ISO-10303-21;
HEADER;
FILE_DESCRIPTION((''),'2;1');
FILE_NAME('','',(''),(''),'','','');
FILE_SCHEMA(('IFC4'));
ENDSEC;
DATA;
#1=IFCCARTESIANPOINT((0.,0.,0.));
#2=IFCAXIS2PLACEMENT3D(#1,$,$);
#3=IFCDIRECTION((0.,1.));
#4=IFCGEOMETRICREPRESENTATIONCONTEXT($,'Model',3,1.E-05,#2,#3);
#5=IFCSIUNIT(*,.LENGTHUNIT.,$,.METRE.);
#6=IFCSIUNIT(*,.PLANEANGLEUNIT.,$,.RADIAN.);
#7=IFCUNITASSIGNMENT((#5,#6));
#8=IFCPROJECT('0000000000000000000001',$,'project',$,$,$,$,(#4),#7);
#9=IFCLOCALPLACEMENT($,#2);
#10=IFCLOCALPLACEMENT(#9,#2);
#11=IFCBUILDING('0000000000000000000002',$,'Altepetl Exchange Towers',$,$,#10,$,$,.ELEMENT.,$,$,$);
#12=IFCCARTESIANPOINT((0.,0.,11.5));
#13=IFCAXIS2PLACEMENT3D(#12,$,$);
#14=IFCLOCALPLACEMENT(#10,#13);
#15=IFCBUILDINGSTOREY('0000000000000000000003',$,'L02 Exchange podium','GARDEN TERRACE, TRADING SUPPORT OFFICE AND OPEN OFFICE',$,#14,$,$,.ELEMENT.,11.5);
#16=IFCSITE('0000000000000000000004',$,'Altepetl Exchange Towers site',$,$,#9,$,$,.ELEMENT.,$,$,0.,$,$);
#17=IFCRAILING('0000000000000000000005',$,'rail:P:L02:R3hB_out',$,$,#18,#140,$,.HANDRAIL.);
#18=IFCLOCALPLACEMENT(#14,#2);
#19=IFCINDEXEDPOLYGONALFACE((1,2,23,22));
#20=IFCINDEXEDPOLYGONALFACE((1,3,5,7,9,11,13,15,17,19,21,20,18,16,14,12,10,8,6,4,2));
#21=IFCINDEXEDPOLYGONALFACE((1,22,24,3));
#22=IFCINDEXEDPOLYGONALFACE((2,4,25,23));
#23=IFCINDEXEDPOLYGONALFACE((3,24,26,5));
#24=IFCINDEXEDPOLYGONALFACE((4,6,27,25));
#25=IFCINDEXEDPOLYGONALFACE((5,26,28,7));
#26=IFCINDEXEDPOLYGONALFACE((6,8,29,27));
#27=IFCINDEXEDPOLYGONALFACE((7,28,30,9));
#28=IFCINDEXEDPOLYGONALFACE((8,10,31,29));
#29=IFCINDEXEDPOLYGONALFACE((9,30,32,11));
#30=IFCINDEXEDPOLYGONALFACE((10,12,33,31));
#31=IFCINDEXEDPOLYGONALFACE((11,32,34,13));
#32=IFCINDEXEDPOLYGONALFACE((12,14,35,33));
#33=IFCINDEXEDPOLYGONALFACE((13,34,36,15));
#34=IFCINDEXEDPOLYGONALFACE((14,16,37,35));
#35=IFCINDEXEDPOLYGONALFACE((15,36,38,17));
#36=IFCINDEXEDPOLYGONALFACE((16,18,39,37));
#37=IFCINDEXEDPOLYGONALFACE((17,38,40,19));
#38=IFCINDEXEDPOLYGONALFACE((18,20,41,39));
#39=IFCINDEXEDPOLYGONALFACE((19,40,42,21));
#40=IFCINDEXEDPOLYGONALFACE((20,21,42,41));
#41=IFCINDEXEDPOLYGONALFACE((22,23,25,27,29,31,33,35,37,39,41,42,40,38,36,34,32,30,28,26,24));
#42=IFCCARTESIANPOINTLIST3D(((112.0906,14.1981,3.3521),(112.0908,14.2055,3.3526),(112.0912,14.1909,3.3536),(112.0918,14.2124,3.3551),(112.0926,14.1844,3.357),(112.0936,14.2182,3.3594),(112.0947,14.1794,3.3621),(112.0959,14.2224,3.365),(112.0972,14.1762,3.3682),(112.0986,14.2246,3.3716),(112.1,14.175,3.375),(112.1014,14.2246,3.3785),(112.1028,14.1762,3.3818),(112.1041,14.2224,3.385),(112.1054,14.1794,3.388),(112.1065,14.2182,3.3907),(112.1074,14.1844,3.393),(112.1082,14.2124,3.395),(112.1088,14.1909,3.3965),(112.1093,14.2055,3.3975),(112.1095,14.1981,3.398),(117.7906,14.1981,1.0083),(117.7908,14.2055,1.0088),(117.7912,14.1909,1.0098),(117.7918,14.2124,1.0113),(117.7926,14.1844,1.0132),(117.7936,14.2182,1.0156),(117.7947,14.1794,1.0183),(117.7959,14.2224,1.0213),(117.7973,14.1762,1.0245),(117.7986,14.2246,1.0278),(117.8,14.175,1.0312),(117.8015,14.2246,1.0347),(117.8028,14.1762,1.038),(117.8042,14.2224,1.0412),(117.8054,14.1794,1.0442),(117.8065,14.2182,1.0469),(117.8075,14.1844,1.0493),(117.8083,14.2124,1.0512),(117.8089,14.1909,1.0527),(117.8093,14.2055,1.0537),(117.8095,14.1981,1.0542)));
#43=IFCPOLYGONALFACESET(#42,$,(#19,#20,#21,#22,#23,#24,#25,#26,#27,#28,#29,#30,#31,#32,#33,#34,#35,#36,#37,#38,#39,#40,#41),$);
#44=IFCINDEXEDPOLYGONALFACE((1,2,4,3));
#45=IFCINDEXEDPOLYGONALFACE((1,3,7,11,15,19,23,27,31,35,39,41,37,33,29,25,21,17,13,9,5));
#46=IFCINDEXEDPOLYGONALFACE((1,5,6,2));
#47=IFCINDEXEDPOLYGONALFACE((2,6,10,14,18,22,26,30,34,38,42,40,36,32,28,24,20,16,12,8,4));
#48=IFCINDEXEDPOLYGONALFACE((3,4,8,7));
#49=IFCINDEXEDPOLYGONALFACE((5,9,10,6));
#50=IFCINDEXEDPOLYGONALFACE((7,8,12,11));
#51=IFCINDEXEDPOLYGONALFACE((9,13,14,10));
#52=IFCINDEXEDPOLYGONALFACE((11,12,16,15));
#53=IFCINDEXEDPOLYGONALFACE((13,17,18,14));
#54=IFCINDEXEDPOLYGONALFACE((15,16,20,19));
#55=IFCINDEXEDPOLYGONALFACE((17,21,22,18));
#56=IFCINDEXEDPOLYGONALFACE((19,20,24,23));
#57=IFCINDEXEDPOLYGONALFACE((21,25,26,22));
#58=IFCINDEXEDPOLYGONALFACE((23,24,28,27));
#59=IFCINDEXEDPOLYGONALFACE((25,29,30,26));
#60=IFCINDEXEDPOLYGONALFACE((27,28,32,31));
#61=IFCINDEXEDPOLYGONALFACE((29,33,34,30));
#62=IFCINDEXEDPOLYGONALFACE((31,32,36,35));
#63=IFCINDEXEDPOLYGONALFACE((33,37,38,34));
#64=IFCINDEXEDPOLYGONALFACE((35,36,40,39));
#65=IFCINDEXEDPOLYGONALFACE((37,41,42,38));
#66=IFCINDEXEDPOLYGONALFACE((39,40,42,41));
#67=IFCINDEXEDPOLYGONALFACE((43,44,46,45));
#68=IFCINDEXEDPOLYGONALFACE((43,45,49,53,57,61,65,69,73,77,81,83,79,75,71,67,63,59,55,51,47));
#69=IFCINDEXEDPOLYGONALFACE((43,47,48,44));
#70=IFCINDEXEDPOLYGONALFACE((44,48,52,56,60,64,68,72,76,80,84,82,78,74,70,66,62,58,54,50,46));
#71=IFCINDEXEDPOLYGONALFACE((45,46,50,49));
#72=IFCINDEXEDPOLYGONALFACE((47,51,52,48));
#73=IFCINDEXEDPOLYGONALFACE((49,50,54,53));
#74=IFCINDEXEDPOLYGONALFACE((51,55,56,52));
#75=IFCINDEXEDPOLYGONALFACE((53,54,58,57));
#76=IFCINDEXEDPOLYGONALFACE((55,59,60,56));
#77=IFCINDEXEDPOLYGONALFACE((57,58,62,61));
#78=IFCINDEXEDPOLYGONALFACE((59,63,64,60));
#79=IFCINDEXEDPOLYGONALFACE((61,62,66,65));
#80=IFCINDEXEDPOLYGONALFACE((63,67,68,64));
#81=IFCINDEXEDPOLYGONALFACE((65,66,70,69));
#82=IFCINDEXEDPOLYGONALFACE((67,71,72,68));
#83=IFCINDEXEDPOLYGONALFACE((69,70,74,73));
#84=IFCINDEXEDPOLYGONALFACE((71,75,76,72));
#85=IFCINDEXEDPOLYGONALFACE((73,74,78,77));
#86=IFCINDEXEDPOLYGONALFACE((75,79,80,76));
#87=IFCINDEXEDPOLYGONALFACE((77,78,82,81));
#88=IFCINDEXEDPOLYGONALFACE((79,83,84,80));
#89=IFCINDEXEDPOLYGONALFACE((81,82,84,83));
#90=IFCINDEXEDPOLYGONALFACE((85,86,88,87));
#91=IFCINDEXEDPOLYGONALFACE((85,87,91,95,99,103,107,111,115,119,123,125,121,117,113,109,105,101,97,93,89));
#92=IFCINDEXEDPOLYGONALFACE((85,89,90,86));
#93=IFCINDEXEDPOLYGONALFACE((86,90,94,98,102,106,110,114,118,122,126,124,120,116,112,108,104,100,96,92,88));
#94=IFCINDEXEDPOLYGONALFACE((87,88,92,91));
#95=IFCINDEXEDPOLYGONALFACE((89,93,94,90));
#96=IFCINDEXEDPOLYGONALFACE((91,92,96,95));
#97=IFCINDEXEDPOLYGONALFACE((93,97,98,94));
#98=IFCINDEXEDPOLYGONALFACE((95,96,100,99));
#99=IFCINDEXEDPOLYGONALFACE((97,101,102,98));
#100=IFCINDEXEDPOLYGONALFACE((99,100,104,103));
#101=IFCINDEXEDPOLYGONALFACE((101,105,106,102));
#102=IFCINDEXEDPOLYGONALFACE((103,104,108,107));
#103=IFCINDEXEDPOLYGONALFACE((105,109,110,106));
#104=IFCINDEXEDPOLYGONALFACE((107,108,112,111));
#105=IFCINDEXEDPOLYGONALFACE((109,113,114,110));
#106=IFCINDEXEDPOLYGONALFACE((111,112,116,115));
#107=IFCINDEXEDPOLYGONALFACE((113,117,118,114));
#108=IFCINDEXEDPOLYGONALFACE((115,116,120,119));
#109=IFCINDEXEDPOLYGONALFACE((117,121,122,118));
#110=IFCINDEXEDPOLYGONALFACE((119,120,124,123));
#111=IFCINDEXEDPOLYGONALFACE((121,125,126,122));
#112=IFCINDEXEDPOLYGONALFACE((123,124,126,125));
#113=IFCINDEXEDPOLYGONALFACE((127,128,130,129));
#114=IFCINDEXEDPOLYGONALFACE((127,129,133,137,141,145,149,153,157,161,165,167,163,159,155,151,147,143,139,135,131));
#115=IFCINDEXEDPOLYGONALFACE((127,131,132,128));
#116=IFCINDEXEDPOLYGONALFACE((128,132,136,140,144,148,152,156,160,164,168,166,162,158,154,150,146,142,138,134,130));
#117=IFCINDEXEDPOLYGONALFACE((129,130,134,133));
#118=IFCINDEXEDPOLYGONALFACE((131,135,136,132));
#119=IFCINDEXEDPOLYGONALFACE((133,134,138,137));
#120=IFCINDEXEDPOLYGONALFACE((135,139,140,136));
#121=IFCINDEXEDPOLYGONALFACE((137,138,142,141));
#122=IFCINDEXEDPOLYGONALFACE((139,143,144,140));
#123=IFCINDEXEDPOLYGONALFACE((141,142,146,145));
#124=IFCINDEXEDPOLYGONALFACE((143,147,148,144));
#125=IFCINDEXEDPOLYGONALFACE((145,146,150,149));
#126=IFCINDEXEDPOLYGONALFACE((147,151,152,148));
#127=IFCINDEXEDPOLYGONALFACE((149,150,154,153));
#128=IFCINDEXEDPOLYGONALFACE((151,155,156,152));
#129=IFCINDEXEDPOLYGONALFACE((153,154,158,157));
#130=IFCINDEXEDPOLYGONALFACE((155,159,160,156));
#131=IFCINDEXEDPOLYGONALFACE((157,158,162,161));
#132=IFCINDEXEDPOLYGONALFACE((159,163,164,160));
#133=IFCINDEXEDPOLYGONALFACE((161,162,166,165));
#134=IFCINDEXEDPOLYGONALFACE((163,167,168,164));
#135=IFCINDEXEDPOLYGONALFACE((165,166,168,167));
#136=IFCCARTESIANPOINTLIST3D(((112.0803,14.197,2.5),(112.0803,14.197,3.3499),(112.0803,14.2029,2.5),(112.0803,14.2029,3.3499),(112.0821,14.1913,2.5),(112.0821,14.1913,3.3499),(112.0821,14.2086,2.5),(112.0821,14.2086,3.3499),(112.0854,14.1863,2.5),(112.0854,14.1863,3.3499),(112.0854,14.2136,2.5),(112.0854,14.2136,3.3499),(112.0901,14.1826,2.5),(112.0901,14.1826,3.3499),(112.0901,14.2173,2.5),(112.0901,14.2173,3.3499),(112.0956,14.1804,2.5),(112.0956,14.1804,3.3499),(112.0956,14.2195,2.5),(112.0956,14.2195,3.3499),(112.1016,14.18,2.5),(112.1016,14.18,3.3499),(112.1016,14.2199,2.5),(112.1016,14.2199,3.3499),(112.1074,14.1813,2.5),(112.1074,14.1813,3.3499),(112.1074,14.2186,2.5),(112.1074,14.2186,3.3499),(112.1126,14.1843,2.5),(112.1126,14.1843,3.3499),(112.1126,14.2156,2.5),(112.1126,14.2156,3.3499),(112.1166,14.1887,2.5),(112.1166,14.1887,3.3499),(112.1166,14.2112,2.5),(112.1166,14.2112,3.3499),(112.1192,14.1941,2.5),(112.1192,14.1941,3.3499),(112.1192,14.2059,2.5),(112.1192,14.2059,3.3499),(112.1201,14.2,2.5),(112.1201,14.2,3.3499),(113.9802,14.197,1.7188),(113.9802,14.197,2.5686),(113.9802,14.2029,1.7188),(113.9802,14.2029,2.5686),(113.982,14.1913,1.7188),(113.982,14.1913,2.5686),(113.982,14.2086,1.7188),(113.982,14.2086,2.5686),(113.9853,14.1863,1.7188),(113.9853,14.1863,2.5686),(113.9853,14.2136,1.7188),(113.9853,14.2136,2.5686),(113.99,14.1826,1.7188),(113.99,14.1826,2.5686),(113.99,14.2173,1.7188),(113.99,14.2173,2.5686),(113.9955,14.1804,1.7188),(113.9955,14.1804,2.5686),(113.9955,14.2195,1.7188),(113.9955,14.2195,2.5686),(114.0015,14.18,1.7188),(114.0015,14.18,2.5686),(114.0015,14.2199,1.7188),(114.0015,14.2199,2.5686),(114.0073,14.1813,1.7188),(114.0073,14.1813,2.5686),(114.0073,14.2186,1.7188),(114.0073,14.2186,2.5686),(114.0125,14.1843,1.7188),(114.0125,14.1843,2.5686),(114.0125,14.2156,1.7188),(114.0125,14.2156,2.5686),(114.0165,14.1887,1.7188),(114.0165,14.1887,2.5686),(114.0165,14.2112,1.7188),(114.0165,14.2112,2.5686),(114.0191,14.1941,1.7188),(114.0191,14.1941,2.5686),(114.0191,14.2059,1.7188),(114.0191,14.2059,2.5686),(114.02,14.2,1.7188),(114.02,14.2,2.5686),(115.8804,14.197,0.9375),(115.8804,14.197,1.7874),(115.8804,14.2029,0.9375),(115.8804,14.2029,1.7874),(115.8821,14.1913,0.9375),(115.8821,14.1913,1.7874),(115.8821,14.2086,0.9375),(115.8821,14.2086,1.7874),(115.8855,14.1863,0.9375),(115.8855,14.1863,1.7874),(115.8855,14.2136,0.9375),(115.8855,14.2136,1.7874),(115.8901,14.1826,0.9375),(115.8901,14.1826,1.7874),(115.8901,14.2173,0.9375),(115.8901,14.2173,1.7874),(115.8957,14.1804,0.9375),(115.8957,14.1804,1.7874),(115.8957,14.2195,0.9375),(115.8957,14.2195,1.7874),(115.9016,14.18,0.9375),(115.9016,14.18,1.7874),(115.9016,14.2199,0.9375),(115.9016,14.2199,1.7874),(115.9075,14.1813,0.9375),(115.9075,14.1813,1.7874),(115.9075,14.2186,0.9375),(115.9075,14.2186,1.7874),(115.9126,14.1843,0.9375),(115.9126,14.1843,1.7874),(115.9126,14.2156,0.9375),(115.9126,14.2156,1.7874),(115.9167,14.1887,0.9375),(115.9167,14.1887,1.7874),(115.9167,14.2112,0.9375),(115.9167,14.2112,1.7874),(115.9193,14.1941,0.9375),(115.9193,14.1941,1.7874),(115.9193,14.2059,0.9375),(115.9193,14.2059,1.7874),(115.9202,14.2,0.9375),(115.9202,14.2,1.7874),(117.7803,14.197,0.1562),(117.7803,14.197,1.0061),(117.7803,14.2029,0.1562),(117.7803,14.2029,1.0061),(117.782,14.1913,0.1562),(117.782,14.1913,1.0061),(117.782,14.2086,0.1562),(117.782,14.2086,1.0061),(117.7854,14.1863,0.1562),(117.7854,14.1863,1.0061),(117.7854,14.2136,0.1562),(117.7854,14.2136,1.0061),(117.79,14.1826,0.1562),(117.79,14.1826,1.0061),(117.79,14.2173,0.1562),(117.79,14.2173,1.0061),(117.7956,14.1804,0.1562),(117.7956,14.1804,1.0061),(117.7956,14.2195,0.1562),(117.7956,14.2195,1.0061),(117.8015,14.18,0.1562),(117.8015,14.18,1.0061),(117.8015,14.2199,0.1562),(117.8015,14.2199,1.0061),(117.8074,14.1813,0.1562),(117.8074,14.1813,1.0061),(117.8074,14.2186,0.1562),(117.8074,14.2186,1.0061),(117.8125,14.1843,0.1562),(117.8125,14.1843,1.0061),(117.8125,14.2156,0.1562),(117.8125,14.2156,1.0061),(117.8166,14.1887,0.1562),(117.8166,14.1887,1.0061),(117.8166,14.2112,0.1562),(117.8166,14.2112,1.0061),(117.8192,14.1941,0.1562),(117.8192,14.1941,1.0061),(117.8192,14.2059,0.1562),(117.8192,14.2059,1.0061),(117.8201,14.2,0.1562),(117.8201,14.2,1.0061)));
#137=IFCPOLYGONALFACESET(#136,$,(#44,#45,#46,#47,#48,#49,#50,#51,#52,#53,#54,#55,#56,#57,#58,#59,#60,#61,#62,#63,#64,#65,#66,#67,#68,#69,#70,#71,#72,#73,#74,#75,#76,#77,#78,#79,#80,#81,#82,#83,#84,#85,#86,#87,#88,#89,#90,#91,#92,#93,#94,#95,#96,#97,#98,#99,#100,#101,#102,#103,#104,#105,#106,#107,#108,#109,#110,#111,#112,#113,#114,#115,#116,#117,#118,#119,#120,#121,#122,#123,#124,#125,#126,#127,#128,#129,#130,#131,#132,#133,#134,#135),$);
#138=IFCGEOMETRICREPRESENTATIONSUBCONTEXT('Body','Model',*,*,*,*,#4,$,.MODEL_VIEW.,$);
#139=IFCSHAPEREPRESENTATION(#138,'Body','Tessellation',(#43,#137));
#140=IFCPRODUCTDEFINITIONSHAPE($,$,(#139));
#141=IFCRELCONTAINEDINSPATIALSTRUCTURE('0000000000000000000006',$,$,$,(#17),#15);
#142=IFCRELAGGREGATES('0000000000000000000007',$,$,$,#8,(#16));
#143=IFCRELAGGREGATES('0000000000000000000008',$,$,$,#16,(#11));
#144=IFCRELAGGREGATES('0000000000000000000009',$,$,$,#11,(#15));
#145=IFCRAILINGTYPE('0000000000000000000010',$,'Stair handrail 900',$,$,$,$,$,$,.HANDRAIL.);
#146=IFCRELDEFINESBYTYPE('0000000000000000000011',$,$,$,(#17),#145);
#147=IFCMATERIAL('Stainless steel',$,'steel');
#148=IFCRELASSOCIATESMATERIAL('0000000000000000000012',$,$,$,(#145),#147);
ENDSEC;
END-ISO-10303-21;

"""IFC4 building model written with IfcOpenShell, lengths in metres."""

from ifc_helpers import new_model, si_unit, direction, frame, origin, origin_2d, place, context, subcontext, project, spatial, circle, extrude, source, transform, mapped, material, type_object, element, save


model = new_model("IFC4")

# Units and contexts
model_context = context("Model", 3, precision=1e-05, world=origin(), true_north=direction((0.0, 1.0)))
body_context = subcontext(model_context, "Body", "Model", "MODEL_VIEW")
ifc_project = project(units=[si_unit("LENGTHUNIT", "METRE"), si_unit("PLANEANGLEUNIT", "RADIAN")], contexts=[model_context])

# Site, building, storey
site_placement = place(None, origin())
site = spatial("IfcSite", under=ifc_project, at=site_placement, Name="Altepetl Exchange Towers site", CompositionType="ELEMENT", RefElevation=0.0)
building_placement = place(site_placement, origin())
building = spatial("IfcBuilding", under=site, at=building_placement, Name="Altepetl Exchange Towers", CompositionType="ELEMENT")
storey_placement = place(building_placement, frame((0.0, 0.0, 11.5)))
storey = spatial("IfcBuildingStorey", under=building, at=storey_placement, Name="L02 Exchange podium", Description="GARDEN TERRACE, TRADING SUPPORT OFFICE AND OPEN OFFICE", CompositionType="ELEMENT", Elevation=11.5)

# Railing
ifc_material_1 = material(Name="Stainless steel", Category="steel")
railing_type_1 = type_object("IfcRailingType", Name="Stair handrail 900", PredefinedType="HANDRAIL", material=ifc_material_1)
shared_shape_1 = source(origin(), body_context, "Body", "SweptSolid", [
    extrude(circle(Radius=0.02, at=origin_2d()), origin(), (0.0, 0.0, 1.0), 0.8499),
])
for number, where, name in (
    (1, (117.8, 14.2, 0.1562), "rail:P:L02:R3hB_out"),
):
    element("IfcRailing", number, at=place(storey_placement, frame(where)), inside=storey, type_object=railing_type_1, Name=name, PredefinedType="HANDRAIL", context=body_context, shape_type="SweptSolid", body=[
        extrude(circle(Radius=0.0249, at=origin_2d()), frame((0.0, 0.0, 0.875), z_axis=(-0.924866, 0.0, 0.380293), x_axis=(0.0, -1.0, 0.0)), (0.0, 0.0, 1.0), 6.1631),
        mapped(shared_shape_1, transform((0.0, 0.0, 0.0))),
        mapped(shared_shape_1, transform((-1.8999, 0.0, 0.7812))),
        mapped(shared_shape_1, transform((-3.8, 0.0, 1.5625))),
        mapped(shared_shape_1, transform((-5.7, 0.0, 2.3438))),
    ])

save(model, "model.ifc")
